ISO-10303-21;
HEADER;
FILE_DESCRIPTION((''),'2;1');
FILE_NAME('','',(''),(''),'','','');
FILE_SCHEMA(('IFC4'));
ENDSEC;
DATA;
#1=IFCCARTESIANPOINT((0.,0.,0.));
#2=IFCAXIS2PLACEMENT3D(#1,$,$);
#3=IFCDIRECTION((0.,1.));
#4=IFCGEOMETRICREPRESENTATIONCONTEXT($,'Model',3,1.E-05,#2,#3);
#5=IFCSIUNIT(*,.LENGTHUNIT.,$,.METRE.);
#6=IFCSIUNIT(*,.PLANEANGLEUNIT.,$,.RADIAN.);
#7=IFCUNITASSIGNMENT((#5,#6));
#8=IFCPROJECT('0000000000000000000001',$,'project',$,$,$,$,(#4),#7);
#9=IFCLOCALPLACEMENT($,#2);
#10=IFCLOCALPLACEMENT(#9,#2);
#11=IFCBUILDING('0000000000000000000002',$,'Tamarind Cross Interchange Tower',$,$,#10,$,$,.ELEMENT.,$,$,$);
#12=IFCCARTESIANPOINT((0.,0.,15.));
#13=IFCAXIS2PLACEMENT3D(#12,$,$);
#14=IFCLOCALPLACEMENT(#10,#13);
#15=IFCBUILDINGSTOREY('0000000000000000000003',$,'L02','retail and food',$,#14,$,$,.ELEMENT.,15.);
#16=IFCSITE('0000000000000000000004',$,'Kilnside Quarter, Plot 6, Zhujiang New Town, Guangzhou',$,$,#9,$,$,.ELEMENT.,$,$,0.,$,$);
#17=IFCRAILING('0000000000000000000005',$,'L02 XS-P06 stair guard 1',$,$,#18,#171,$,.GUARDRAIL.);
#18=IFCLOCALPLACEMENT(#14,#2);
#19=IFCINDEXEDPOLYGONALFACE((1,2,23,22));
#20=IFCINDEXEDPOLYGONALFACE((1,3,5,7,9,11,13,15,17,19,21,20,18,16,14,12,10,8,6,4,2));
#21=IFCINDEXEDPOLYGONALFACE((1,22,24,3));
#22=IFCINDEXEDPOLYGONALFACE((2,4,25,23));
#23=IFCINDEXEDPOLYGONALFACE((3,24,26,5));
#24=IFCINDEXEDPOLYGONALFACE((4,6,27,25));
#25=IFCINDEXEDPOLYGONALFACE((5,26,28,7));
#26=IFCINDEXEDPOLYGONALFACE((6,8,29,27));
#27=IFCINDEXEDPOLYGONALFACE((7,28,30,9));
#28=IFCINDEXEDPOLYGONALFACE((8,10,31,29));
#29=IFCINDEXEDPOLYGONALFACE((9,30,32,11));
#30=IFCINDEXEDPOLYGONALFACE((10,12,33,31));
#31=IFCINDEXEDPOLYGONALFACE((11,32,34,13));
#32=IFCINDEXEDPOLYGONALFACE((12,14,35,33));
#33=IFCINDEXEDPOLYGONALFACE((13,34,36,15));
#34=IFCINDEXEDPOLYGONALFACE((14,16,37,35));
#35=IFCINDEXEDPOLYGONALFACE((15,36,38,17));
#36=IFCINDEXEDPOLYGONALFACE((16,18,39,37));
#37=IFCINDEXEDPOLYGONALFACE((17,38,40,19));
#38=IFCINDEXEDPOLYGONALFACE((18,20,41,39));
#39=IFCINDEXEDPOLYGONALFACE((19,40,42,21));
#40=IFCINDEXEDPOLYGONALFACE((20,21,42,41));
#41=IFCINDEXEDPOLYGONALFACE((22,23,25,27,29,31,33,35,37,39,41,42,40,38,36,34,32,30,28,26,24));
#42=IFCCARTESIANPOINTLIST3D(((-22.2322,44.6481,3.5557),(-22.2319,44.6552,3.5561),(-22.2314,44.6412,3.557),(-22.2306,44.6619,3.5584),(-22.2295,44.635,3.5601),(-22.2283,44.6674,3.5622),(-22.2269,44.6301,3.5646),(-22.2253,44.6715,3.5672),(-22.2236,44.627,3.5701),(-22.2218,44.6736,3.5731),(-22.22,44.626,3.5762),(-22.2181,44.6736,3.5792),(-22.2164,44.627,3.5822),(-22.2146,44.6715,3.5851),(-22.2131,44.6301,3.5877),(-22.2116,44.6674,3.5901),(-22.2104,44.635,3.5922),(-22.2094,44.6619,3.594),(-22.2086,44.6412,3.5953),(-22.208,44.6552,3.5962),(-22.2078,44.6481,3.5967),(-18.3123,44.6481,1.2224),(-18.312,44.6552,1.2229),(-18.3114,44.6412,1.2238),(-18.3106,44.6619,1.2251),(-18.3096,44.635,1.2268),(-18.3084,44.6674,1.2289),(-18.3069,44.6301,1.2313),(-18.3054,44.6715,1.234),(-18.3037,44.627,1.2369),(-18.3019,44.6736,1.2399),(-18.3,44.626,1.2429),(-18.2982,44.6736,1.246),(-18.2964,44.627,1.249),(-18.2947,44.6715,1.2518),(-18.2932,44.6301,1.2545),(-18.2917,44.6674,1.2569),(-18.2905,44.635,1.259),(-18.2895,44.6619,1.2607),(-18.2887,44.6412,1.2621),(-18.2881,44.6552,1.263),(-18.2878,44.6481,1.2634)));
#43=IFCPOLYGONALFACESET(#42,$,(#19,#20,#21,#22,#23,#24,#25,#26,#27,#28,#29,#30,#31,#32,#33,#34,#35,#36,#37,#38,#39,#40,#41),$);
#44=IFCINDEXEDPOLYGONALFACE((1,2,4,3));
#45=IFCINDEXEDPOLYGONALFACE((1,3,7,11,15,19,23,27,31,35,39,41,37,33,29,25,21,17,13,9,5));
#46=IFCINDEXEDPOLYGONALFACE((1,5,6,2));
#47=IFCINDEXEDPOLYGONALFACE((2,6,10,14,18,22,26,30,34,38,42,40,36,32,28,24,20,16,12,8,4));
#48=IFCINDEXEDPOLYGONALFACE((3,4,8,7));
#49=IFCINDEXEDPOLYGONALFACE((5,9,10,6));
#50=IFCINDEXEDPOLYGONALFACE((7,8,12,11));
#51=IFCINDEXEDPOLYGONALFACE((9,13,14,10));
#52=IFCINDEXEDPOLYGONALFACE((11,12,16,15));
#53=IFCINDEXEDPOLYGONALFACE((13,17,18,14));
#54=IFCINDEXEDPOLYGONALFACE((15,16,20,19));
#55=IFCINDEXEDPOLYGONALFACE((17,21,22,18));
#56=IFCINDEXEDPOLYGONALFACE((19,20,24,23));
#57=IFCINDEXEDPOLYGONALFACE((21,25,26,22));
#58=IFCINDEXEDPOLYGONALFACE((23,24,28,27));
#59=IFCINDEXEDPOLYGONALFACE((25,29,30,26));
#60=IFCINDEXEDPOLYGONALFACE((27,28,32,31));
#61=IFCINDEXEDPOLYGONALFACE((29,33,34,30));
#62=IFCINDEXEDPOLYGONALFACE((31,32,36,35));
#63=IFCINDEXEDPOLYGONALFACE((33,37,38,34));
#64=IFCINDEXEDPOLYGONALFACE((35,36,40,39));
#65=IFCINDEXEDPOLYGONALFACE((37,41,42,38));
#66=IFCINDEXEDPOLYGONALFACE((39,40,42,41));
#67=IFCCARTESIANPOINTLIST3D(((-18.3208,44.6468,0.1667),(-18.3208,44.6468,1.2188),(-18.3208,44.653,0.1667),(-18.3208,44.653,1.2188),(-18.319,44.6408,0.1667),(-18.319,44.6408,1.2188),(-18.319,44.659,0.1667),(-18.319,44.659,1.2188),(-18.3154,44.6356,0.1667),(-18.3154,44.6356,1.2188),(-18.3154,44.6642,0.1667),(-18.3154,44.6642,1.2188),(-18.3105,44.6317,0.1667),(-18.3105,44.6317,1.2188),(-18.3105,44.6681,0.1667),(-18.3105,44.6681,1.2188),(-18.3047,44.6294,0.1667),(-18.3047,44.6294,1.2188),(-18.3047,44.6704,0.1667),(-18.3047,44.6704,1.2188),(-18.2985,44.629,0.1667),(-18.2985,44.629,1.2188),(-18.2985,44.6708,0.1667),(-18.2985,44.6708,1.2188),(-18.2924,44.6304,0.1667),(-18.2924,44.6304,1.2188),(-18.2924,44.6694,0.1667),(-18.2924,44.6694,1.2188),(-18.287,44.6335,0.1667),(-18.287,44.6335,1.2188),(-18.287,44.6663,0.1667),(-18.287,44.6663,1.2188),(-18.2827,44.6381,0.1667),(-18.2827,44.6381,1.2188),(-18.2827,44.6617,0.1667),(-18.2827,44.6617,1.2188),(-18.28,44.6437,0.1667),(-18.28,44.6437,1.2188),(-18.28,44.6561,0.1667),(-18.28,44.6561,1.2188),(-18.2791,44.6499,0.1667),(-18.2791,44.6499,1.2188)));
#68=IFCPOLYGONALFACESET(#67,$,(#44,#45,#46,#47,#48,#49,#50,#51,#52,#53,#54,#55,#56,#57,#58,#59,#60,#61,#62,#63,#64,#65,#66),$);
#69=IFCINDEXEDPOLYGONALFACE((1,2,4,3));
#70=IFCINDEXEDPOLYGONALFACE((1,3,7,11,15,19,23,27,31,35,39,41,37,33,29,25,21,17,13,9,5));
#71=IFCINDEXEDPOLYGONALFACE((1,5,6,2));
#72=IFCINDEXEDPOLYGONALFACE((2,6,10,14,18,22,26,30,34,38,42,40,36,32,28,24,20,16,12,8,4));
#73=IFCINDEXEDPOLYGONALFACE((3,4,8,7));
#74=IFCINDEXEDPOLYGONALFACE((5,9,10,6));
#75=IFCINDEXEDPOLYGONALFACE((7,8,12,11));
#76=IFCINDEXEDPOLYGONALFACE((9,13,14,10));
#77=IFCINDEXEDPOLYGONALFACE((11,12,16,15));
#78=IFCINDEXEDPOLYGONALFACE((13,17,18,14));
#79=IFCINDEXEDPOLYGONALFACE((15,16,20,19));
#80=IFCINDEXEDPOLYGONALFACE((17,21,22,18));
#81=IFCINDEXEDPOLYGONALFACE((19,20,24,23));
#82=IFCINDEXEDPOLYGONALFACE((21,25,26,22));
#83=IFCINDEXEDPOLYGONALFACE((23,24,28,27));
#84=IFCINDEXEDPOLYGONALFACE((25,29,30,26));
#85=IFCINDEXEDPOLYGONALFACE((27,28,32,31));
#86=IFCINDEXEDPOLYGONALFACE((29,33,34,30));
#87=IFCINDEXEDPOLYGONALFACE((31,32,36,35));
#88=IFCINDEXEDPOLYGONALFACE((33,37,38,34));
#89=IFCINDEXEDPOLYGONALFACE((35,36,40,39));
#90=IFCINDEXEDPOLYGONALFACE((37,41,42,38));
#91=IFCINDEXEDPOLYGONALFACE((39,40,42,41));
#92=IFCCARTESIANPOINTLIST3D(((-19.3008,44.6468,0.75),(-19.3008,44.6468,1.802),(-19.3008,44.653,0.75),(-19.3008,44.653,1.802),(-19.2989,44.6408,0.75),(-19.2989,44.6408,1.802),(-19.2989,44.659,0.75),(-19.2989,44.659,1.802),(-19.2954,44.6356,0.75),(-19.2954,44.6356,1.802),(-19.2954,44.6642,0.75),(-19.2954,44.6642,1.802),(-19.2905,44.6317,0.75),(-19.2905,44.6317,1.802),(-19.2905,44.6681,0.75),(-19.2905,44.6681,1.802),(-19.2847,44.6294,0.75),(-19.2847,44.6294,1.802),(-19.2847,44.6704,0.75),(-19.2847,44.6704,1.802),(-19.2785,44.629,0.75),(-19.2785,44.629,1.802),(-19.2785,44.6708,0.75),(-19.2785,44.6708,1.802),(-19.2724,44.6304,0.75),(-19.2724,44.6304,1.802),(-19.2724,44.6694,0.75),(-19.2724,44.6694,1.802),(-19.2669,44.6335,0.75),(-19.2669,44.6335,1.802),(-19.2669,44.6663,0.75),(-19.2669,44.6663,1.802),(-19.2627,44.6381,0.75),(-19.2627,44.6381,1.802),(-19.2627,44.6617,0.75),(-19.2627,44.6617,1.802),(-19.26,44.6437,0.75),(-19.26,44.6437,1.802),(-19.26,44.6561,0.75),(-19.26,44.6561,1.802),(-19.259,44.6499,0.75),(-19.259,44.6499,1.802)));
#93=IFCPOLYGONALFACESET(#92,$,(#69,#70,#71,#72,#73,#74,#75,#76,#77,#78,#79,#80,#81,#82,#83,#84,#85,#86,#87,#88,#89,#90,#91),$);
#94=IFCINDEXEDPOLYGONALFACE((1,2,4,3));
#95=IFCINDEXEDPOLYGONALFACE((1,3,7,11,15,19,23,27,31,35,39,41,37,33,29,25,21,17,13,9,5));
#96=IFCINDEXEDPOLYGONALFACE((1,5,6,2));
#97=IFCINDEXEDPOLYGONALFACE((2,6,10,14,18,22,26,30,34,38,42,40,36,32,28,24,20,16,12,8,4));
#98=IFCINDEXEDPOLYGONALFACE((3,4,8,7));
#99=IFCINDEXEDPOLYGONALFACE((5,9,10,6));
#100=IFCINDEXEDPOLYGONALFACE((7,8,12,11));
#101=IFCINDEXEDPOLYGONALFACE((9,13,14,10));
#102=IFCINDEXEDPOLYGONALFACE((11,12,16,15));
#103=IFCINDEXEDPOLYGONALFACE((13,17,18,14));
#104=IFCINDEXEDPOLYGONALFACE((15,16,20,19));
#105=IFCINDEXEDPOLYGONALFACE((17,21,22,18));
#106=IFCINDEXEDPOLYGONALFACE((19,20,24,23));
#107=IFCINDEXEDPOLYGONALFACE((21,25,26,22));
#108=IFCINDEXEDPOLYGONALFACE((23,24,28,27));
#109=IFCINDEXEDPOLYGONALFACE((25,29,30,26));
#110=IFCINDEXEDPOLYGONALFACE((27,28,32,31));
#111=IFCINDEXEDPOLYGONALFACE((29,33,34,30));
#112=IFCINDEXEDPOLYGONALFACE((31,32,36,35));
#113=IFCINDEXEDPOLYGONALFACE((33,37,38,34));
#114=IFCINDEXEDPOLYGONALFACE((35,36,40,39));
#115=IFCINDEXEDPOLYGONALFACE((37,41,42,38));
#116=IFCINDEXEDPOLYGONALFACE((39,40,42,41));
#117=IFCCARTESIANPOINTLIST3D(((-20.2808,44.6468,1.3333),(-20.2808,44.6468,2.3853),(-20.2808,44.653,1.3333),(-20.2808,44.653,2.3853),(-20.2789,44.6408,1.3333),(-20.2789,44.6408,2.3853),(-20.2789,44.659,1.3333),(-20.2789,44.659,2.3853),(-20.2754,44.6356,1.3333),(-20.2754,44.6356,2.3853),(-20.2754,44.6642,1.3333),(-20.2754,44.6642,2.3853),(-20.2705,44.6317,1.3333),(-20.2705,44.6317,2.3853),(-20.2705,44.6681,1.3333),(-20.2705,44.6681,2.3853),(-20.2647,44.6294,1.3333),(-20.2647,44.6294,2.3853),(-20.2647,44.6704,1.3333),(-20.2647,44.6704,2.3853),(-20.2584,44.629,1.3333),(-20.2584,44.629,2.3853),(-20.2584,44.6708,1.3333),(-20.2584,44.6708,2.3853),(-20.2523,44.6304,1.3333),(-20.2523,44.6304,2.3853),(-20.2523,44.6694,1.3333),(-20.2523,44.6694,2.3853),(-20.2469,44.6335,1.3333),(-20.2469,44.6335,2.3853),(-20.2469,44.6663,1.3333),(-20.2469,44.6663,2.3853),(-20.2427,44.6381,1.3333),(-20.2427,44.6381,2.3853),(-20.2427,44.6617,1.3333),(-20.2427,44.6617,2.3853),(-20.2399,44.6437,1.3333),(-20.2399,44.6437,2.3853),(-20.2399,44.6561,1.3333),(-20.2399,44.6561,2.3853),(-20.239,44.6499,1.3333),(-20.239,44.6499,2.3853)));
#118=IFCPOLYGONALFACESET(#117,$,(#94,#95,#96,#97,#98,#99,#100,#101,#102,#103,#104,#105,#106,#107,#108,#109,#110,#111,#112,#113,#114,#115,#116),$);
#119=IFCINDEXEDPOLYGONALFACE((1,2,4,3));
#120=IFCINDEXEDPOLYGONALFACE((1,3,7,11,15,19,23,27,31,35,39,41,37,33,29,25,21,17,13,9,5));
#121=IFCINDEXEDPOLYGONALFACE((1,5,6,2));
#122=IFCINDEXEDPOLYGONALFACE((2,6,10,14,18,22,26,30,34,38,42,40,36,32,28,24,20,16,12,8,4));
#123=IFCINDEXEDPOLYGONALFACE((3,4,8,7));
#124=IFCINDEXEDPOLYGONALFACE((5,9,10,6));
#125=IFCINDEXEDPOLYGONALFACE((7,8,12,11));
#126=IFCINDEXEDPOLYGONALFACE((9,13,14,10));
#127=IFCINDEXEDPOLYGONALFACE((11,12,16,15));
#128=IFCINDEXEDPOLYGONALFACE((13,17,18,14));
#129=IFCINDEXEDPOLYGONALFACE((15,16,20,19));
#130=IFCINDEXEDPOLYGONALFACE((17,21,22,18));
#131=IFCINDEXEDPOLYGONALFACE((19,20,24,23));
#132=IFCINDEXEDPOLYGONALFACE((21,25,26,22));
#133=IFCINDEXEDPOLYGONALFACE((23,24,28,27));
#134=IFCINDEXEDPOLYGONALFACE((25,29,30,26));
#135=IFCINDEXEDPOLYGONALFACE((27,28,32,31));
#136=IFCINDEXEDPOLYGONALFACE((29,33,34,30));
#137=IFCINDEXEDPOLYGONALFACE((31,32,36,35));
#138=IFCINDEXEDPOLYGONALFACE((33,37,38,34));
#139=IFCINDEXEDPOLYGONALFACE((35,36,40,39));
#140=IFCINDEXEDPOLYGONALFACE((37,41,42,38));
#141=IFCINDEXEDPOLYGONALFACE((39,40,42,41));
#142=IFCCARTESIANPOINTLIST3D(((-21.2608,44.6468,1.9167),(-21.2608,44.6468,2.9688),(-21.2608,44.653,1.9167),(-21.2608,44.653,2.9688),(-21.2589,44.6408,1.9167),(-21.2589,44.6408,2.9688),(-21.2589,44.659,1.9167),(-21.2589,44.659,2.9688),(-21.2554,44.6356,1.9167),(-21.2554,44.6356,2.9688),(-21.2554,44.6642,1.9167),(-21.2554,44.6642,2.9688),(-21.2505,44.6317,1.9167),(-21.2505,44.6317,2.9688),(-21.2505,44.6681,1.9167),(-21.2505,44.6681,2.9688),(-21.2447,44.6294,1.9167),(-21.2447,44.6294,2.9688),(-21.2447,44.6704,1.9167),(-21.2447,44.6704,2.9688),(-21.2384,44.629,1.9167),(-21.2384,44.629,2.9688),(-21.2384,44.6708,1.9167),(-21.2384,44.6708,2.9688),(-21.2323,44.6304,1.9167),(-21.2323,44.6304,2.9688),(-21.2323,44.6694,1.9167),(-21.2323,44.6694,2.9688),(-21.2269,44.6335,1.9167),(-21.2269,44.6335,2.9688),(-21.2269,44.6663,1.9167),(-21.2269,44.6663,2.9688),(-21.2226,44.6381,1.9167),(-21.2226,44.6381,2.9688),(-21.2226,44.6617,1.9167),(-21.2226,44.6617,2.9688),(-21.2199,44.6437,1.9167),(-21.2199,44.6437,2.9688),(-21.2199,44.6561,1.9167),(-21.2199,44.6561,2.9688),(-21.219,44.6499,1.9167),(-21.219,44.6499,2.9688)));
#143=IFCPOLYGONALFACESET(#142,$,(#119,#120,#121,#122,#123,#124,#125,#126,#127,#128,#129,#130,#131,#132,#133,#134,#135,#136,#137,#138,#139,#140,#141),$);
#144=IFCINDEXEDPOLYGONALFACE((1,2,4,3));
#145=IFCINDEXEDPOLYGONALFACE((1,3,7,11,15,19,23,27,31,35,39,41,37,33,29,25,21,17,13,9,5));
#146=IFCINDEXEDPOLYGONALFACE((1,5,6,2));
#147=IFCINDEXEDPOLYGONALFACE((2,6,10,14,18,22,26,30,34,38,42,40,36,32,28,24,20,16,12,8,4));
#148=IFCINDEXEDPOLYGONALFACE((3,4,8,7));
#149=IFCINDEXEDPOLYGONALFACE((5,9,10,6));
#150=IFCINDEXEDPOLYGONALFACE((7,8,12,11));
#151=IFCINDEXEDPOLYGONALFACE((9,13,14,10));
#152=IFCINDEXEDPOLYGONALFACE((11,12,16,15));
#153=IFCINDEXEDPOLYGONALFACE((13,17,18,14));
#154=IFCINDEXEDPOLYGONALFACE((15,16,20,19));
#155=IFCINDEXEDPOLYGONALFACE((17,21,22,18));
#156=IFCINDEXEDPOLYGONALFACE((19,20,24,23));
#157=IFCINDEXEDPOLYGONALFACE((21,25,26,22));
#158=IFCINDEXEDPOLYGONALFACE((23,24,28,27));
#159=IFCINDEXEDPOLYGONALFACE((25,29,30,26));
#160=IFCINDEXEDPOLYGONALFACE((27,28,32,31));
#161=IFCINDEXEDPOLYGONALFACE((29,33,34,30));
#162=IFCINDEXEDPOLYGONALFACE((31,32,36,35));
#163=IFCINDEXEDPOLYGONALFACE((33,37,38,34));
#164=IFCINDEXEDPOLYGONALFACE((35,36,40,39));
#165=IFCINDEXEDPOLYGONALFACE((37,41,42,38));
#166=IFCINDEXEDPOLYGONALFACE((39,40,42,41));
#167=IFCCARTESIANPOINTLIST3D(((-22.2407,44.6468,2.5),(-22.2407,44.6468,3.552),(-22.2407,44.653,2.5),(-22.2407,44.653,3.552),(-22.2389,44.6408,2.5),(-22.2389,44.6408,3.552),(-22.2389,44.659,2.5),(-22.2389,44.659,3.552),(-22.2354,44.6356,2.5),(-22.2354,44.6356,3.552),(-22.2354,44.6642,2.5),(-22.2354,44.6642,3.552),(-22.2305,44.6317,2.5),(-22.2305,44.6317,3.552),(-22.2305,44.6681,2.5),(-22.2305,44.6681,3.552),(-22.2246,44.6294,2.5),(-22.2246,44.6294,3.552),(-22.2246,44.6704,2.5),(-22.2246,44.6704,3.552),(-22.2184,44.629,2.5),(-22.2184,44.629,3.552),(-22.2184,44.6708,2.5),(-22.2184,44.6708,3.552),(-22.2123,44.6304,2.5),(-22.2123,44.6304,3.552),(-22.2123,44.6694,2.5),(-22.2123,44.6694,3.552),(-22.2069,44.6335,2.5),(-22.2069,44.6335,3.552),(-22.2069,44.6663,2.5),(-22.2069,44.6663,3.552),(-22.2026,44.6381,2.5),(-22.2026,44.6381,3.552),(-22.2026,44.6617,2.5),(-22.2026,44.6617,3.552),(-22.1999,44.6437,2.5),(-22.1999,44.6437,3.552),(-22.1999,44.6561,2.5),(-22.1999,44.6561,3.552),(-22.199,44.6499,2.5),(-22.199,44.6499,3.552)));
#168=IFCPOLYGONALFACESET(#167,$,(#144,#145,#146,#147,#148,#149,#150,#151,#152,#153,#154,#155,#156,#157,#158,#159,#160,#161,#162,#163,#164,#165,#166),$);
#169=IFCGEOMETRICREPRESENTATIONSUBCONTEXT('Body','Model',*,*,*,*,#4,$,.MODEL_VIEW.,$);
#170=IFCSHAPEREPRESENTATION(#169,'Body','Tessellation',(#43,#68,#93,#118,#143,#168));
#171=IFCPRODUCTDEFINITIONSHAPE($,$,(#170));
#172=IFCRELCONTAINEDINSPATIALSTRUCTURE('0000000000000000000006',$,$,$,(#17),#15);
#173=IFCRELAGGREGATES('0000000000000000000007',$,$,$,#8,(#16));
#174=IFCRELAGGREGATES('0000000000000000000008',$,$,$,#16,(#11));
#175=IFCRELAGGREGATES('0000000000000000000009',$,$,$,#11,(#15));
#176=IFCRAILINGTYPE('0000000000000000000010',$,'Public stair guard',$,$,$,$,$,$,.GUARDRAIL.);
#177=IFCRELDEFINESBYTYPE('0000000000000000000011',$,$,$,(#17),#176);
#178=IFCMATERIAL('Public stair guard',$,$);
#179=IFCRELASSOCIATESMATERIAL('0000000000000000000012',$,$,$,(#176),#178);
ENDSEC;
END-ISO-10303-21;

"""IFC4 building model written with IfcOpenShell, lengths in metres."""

from ifc_helpers import new_model, si_unit, direction, frame, origin, origin_2d, place, context, subcontext, project, spatial, circle, extrude, material, type_object, element, save


model = new_model("IFC4")

# Units and contexts
model_context = context("Model", 3, precision=1e-05, world=origin(), true_north=direction((0.0, 1.0)))
body_context = subcontext(model_context, "Body", "Model", "MODEL_VIEW")
ifc_project = project(units=[si_unit("LENGTHUNIT", "METRE"), si_unit("PLANEANGLEUNIT", "RADIAN")], contexts=[model_context])

# Site, building, storey
site_placement = place(None, origin())
site = spatial("IfcSite", under=ifc_project, at=site_placement, Name="Kilnside Quarter, Plot 6, Zhujiang New Town, Guangzhou", CompositionType="ELEMENT", RefElevation=0.0)
building_placement = place(site_placement, origin())
building = spatial("IfcBuilding", under=site, at=building_placement, Name="Tamarind Cross Interchange Tower", CompositionType="ELEMENT")
storey_placement = place(building_placement, frame((0.0, 0.0, 15.0)))
storey = spatial("IfcBuildingStorey", under=building, at=storey_placement, Name="L02", Description="retail and food", CompositionType="ELEMENT", Elevation=15.0)

# Railing
ifc_material_1 = material(Name="Public stair guard")
railing_type_1 = type_object("IfcRailingType", Name="Public stair guard", PredefinedType="GUARDRAIL", material=ifc_material_1)
railing_1_placement = place(storey_placement, frame((-18.3, 44.6499, 0.1667)))
element("IfcRailing", 1, at=railing_1_placement, inside=storey, type_object=railing_type_1, Name="L02 XS-P06 stair guard 1", PredefinedType="GUARDRAIL", context=body_context, shape_type="SweptSolid", body=[
    extrude(circle(Radius=0.0239, at=origin_2d()), frame((0.0, 0.0, 1.0762), z_axis=(-0.859296, 0.0, 0.511478), x_axis=(0.0, -1.0, 0.0)), (0.0, 0.0, 1.0), 4.5618),
    extrude(circle(Radius=0.021, at=origin_2d()), origin(), (0.0, 0.0, 1.0), 1.052),
    extrude(circle(Radius=0.021, at=origin_2d()), frame((-0.98, 0.0, 0.5833)), (0.0, 0.0, 1.0), 1.052),
    extrude(circle(Radius=0.021, at=origin_2d()), frame((-1.96, 0.0, 1.1665)), (0.0, 0.0, 1.0), 1.052),
    extrude(circle(Radius=0.021, at=origin_2d()), frame((-2.9399, 0.0, 1.75)), (0.0, 0.0, 1.0), 1.052),
    extrude(circle(Radius=0.021, at=origin_2d()), frame((-3.9199, 0.0, 2.3333)), (0.0, 0.0, 1.0), 1.052),
])

save(model, "model.ifc")
